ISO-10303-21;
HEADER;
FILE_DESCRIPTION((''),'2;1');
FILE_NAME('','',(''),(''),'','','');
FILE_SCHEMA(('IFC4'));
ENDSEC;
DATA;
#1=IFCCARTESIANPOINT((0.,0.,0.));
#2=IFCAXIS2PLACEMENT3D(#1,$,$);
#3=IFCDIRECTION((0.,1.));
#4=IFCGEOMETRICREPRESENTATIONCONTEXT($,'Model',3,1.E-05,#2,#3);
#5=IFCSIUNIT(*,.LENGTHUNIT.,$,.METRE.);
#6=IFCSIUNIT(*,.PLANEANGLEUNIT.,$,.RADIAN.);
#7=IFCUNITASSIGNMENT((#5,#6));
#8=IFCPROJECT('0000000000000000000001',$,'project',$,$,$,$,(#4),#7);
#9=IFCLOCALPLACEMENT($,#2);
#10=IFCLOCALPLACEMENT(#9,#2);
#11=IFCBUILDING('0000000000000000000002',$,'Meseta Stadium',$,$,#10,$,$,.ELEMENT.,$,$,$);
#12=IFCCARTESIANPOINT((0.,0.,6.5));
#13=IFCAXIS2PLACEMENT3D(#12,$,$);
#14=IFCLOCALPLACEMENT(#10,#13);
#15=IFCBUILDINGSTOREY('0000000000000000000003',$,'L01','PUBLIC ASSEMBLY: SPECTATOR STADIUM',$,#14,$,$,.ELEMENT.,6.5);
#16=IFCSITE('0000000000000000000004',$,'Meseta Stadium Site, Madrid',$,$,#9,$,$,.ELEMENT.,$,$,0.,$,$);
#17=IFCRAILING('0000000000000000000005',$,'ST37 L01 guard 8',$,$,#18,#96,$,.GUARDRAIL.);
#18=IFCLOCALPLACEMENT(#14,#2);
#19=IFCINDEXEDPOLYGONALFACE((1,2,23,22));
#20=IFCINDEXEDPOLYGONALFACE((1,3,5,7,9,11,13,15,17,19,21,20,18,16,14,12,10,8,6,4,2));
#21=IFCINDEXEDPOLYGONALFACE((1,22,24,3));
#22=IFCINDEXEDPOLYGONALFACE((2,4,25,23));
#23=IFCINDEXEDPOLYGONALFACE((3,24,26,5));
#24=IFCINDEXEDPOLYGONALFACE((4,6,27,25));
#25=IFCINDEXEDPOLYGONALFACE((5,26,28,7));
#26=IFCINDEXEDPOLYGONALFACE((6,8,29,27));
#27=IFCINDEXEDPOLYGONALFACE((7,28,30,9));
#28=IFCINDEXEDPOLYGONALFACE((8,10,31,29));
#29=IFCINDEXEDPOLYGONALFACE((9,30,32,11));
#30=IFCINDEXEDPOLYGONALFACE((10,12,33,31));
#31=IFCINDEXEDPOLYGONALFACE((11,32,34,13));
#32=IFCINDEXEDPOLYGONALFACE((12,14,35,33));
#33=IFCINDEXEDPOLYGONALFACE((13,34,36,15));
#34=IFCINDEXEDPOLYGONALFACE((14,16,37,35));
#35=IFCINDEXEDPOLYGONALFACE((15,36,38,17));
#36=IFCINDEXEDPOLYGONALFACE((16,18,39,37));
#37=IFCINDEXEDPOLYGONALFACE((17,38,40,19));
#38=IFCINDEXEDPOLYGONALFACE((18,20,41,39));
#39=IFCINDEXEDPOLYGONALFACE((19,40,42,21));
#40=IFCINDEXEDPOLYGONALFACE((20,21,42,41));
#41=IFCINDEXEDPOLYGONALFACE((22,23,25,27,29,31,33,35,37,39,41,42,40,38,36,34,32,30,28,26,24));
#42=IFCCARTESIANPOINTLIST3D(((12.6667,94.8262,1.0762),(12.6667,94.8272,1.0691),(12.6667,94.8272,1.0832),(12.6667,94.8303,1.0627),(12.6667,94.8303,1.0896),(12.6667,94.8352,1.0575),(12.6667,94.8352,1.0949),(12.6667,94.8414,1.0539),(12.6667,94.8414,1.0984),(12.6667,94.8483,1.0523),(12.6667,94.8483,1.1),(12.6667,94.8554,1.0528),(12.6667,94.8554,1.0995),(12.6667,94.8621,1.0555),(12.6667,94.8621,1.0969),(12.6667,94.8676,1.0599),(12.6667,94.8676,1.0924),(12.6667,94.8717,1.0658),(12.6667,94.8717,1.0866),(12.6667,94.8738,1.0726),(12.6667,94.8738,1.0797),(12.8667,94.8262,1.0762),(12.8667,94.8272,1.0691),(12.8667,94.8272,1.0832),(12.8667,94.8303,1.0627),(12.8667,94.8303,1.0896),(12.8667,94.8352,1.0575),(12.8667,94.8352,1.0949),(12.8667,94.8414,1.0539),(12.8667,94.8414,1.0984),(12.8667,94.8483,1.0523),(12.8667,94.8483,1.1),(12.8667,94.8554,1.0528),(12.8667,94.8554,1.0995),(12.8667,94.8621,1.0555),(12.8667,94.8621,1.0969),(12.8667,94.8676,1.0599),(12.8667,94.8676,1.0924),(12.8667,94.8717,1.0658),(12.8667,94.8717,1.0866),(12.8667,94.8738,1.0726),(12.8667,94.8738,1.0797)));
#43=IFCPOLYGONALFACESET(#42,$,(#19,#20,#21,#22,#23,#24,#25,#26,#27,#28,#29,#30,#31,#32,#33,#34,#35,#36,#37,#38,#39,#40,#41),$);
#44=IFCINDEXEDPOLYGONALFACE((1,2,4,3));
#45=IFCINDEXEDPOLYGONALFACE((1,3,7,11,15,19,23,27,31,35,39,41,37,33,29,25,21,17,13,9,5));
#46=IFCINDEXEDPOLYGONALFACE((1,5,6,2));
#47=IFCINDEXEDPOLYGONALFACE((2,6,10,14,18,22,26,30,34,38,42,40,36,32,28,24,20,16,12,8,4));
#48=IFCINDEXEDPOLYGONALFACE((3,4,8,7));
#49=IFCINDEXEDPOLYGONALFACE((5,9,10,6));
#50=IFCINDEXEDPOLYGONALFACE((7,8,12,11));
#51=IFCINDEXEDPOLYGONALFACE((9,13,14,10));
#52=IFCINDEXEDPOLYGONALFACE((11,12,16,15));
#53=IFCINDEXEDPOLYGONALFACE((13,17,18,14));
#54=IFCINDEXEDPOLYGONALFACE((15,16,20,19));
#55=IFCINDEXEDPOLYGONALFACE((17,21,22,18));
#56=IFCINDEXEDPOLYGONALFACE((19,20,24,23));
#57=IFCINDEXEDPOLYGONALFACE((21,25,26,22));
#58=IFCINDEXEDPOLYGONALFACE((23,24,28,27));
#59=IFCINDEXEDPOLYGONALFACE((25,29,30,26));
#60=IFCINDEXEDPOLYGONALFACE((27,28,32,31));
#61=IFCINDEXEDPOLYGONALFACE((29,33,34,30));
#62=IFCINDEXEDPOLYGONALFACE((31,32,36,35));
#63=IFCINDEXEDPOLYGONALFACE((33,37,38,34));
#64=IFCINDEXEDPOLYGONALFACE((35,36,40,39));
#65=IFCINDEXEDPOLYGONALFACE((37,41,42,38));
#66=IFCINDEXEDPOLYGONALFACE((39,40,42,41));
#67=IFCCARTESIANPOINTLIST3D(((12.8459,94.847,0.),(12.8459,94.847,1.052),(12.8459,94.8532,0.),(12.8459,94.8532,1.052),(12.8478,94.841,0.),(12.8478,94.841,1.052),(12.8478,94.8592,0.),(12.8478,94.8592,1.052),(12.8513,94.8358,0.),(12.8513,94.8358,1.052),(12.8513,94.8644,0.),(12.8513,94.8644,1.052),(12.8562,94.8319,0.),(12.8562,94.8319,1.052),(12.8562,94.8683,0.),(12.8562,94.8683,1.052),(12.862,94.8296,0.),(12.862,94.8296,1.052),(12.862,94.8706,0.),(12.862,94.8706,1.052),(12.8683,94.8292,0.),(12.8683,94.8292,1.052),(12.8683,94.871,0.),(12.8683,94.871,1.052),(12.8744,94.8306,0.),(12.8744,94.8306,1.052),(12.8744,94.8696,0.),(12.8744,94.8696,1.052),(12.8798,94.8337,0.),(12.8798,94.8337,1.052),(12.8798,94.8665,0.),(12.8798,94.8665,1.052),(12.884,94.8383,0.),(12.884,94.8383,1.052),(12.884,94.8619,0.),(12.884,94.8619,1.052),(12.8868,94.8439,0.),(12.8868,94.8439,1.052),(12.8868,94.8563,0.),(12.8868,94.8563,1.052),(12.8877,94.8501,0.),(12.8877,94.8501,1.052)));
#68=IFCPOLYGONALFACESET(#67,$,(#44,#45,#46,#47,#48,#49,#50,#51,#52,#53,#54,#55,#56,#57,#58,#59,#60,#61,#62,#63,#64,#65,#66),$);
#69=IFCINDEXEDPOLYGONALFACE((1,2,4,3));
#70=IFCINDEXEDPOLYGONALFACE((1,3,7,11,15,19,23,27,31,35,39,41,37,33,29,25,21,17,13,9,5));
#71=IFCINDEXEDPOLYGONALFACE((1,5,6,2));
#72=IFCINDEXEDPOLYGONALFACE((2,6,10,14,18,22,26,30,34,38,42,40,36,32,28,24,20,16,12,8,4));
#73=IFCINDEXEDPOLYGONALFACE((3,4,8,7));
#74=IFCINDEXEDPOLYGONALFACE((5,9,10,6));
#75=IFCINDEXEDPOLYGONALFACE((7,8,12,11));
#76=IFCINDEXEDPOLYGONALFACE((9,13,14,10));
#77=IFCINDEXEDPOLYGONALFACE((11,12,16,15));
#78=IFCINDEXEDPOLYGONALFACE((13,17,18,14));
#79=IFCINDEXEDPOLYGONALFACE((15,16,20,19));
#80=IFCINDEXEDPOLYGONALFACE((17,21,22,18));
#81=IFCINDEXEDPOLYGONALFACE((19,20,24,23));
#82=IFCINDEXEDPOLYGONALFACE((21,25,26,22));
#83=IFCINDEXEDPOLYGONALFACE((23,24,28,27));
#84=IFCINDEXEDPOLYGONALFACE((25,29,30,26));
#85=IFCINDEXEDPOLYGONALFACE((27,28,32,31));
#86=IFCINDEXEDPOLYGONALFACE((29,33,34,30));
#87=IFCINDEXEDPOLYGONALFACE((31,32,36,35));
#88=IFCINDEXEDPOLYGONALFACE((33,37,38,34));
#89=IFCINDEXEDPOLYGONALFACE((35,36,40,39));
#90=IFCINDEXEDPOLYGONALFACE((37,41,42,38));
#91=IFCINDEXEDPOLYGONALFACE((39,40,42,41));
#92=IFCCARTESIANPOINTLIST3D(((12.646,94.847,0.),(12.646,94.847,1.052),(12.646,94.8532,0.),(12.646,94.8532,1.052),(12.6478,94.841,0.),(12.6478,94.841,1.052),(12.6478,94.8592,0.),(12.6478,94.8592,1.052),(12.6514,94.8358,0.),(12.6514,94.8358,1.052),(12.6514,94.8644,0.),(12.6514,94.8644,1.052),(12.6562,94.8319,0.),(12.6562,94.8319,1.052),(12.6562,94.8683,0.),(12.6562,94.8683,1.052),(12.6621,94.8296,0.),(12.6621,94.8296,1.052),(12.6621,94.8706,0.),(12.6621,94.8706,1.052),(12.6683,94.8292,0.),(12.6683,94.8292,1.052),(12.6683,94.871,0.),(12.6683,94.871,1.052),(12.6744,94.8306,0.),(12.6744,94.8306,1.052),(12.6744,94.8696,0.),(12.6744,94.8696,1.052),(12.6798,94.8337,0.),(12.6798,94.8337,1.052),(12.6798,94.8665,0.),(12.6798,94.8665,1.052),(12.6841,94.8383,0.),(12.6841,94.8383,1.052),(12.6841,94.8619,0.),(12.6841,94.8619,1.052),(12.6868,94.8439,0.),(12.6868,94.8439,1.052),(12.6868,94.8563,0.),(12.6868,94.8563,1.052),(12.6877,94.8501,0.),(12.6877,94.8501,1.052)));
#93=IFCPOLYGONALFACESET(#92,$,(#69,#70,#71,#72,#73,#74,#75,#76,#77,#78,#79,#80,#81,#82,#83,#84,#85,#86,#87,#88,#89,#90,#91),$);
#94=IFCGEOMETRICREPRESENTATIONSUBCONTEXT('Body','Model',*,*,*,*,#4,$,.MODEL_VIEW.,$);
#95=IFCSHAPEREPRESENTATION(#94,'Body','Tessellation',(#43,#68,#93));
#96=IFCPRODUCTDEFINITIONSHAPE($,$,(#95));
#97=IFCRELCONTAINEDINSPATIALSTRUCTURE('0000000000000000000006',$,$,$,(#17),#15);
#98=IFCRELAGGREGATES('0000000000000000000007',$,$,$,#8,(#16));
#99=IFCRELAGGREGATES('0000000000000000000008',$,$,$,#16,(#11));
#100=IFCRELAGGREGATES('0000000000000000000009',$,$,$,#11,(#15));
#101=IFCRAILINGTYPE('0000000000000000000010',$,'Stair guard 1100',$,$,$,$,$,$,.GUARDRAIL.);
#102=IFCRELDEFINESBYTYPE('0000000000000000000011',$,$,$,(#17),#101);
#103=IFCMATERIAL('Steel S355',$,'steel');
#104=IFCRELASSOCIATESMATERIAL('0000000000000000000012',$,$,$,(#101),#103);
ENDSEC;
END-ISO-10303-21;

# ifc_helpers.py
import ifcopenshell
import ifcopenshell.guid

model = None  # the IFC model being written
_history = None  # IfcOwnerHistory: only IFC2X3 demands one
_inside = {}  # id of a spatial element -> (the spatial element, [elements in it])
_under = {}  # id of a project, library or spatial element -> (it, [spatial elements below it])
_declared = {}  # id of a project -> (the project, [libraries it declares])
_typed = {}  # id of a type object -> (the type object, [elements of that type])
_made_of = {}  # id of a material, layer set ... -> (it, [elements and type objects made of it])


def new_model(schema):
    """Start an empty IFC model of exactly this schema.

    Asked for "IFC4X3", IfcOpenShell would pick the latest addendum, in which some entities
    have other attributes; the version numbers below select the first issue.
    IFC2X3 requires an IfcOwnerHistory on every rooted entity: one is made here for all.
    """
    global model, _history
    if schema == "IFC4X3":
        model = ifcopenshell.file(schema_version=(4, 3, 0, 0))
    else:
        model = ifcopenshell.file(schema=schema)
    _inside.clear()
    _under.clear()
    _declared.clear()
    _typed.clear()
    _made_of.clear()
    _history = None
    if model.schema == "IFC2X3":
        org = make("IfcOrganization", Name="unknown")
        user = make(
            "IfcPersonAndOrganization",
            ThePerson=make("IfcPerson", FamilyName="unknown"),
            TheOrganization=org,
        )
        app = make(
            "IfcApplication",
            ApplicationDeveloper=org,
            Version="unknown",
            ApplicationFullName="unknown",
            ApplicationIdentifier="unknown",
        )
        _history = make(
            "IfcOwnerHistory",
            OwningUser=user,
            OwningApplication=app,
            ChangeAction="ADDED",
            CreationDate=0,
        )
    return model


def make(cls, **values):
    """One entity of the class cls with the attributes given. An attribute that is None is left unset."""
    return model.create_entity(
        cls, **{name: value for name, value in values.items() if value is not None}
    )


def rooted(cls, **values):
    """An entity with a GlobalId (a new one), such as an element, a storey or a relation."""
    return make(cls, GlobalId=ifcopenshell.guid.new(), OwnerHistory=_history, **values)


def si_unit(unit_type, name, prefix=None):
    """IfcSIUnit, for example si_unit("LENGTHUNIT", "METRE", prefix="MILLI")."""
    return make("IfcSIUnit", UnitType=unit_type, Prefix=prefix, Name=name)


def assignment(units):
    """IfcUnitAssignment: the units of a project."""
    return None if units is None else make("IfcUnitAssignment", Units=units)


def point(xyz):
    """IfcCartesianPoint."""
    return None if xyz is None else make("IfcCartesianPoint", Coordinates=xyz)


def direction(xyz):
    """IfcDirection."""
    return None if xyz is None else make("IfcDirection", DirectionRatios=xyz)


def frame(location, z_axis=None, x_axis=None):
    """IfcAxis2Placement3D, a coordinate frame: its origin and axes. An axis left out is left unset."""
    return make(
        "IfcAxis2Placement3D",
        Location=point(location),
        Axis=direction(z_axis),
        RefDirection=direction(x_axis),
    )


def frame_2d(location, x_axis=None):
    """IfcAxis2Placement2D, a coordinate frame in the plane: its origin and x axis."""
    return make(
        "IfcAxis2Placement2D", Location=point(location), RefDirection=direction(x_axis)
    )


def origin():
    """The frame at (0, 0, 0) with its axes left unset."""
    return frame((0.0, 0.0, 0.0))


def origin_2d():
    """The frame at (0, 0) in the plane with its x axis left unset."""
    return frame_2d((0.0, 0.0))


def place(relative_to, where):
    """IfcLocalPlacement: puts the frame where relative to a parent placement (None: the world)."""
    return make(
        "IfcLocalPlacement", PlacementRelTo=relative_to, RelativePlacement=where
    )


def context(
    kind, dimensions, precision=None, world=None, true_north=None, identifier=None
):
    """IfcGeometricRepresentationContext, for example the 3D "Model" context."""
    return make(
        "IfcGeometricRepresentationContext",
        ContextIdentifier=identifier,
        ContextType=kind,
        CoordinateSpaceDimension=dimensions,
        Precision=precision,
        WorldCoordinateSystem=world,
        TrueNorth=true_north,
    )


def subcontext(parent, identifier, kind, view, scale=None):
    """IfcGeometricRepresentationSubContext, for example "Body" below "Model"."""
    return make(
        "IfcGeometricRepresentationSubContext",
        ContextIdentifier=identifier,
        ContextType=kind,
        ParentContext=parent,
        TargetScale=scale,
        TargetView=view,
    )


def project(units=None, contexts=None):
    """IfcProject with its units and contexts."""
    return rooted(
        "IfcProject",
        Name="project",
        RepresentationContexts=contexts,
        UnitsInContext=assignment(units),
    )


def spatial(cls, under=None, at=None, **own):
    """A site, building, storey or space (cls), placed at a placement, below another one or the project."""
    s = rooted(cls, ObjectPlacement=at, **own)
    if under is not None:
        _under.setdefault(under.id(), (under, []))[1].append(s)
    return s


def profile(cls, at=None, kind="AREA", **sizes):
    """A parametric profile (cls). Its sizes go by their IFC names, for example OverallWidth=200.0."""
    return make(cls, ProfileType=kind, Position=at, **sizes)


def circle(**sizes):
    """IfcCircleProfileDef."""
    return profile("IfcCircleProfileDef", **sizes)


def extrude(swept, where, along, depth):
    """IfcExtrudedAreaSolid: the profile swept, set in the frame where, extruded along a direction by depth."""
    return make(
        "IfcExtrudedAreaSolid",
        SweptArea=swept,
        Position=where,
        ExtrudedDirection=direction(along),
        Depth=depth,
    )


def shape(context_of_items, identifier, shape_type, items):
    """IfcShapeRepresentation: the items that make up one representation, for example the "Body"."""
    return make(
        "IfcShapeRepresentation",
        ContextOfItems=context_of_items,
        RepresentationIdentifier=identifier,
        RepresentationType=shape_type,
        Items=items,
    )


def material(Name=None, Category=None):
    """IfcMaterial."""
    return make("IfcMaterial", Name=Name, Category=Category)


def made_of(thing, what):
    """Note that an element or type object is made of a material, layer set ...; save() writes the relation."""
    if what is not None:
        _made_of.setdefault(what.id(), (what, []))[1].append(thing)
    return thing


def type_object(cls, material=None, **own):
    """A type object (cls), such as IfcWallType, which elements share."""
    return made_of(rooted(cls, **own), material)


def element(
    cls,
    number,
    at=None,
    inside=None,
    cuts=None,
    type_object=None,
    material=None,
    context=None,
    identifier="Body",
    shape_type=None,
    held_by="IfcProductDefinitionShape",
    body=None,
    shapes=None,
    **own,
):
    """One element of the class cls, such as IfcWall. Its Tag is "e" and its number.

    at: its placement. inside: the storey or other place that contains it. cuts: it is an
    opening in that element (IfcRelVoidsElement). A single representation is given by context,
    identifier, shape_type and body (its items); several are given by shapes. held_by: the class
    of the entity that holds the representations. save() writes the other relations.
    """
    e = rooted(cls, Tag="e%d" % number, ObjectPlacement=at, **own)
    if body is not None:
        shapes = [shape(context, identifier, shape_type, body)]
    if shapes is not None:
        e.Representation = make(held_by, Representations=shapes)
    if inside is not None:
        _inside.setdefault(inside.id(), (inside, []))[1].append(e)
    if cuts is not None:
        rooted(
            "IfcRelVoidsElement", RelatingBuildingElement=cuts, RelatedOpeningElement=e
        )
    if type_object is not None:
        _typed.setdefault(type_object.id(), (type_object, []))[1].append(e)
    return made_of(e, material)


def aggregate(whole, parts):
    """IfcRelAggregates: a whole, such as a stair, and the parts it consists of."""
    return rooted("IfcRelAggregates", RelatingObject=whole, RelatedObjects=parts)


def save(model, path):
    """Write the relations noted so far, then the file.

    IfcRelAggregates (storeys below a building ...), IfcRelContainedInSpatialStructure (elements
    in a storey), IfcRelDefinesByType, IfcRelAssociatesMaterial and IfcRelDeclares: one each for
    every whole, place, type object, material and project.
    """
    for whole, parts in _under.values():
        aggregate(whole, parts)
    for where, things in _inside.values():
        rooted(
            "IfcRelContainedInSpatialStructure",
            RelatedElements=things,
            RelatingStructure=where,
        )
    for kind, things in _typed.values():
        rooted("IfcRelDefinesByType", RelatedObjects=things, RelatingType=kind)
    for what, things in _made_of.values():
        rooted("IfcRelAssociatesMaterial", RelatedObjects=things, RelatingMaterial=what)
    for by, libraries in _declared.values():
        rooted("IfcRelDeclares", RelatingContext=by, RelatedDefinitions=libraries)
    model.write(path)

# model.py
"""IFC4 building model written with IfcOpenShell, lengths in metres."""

from ifc_helpers import new_model, si_unit, direction, frame, origin, origin_2d, place, context, subcontext, project, spatial, circle, extrude, material, type_object, element, save


model = new_model("IFC4")

# Units and contexts
model_context = context("Model", 3, precision=1e-05, world=origin(), true_north=direction((0.0, 1.0)))
body_context = subcontext(model_context, "Body", "Model", "MODEL_VIEW")
ifc_project = project(units=[si_unit("LENGTHUNIT", "METRE"), si_unit("PLANEANGLEUNIT", "RADIAN")], contexts=[model_context])

# Site, building, storey
site_placement = place(None, origin())
site = spatial("IfcSite", under=ifc_project, at=site_placement, Name="Meseta Stadium Site, Madrid", CompositionType="ELEMENT", RefElevation=0.0)
building_placement = place(site_placement, origin())
building = spatial("IfcBuilding", under=site, at=building_placement, Name="Meseta Stadium", CompositionType="ELEMENT")
storey_placement = place(building_placement, frame((0.0, 0.0, 6.5)))
storey = spatial("IfcBuildingStorey", under=building, at=storey_placement, Name="L01", Description="PUBLIC ASSEMBLY: SPECTATOR STADIUM", CompositionType="ELEMENT", Elevation=6.5)

# Railing
ifc_material_1 = material(Name="Steel S355", Category="steel")
railing_type_1 = type_object("IfcRailingType", Name="Stair guard 1100", PredefinedType="GUARDRAIL", material=ifc_material_1)
railing_1_placement = place(storey_placement, frame((12.8667, 94.8501, 0.0)))
element("IfcRailing", 1, at=railing_1_placement, inside=storey, type_object=railing_type_1, Name="ST37 L01 guard 8", PredefinedType="GUARDRAIL", context=body_context, shape_type="SweptSolid", body=[
    extrude(circle(Radius=0.0239, at=origin_2d()), frame((0.0, 0.0, 1.0762), z_axis=(-1.0, 0.0, 0.0), x_axis=(0.0, -1.0, 0.0)), (0.0, 0.0, 1.0), 0.2),
    extrude(circle(Radius=0.021, at=origin_2d()), origin(), (0.0, 0.0, 1.0), 1.052),
    extrude(circle(Radius=0.021, at=origin_2d()), frame((-0.2, 0.0, 0.0)), (0.0, 0.0, 1.0), 1.052),
])

save(model, "model.ifc")
